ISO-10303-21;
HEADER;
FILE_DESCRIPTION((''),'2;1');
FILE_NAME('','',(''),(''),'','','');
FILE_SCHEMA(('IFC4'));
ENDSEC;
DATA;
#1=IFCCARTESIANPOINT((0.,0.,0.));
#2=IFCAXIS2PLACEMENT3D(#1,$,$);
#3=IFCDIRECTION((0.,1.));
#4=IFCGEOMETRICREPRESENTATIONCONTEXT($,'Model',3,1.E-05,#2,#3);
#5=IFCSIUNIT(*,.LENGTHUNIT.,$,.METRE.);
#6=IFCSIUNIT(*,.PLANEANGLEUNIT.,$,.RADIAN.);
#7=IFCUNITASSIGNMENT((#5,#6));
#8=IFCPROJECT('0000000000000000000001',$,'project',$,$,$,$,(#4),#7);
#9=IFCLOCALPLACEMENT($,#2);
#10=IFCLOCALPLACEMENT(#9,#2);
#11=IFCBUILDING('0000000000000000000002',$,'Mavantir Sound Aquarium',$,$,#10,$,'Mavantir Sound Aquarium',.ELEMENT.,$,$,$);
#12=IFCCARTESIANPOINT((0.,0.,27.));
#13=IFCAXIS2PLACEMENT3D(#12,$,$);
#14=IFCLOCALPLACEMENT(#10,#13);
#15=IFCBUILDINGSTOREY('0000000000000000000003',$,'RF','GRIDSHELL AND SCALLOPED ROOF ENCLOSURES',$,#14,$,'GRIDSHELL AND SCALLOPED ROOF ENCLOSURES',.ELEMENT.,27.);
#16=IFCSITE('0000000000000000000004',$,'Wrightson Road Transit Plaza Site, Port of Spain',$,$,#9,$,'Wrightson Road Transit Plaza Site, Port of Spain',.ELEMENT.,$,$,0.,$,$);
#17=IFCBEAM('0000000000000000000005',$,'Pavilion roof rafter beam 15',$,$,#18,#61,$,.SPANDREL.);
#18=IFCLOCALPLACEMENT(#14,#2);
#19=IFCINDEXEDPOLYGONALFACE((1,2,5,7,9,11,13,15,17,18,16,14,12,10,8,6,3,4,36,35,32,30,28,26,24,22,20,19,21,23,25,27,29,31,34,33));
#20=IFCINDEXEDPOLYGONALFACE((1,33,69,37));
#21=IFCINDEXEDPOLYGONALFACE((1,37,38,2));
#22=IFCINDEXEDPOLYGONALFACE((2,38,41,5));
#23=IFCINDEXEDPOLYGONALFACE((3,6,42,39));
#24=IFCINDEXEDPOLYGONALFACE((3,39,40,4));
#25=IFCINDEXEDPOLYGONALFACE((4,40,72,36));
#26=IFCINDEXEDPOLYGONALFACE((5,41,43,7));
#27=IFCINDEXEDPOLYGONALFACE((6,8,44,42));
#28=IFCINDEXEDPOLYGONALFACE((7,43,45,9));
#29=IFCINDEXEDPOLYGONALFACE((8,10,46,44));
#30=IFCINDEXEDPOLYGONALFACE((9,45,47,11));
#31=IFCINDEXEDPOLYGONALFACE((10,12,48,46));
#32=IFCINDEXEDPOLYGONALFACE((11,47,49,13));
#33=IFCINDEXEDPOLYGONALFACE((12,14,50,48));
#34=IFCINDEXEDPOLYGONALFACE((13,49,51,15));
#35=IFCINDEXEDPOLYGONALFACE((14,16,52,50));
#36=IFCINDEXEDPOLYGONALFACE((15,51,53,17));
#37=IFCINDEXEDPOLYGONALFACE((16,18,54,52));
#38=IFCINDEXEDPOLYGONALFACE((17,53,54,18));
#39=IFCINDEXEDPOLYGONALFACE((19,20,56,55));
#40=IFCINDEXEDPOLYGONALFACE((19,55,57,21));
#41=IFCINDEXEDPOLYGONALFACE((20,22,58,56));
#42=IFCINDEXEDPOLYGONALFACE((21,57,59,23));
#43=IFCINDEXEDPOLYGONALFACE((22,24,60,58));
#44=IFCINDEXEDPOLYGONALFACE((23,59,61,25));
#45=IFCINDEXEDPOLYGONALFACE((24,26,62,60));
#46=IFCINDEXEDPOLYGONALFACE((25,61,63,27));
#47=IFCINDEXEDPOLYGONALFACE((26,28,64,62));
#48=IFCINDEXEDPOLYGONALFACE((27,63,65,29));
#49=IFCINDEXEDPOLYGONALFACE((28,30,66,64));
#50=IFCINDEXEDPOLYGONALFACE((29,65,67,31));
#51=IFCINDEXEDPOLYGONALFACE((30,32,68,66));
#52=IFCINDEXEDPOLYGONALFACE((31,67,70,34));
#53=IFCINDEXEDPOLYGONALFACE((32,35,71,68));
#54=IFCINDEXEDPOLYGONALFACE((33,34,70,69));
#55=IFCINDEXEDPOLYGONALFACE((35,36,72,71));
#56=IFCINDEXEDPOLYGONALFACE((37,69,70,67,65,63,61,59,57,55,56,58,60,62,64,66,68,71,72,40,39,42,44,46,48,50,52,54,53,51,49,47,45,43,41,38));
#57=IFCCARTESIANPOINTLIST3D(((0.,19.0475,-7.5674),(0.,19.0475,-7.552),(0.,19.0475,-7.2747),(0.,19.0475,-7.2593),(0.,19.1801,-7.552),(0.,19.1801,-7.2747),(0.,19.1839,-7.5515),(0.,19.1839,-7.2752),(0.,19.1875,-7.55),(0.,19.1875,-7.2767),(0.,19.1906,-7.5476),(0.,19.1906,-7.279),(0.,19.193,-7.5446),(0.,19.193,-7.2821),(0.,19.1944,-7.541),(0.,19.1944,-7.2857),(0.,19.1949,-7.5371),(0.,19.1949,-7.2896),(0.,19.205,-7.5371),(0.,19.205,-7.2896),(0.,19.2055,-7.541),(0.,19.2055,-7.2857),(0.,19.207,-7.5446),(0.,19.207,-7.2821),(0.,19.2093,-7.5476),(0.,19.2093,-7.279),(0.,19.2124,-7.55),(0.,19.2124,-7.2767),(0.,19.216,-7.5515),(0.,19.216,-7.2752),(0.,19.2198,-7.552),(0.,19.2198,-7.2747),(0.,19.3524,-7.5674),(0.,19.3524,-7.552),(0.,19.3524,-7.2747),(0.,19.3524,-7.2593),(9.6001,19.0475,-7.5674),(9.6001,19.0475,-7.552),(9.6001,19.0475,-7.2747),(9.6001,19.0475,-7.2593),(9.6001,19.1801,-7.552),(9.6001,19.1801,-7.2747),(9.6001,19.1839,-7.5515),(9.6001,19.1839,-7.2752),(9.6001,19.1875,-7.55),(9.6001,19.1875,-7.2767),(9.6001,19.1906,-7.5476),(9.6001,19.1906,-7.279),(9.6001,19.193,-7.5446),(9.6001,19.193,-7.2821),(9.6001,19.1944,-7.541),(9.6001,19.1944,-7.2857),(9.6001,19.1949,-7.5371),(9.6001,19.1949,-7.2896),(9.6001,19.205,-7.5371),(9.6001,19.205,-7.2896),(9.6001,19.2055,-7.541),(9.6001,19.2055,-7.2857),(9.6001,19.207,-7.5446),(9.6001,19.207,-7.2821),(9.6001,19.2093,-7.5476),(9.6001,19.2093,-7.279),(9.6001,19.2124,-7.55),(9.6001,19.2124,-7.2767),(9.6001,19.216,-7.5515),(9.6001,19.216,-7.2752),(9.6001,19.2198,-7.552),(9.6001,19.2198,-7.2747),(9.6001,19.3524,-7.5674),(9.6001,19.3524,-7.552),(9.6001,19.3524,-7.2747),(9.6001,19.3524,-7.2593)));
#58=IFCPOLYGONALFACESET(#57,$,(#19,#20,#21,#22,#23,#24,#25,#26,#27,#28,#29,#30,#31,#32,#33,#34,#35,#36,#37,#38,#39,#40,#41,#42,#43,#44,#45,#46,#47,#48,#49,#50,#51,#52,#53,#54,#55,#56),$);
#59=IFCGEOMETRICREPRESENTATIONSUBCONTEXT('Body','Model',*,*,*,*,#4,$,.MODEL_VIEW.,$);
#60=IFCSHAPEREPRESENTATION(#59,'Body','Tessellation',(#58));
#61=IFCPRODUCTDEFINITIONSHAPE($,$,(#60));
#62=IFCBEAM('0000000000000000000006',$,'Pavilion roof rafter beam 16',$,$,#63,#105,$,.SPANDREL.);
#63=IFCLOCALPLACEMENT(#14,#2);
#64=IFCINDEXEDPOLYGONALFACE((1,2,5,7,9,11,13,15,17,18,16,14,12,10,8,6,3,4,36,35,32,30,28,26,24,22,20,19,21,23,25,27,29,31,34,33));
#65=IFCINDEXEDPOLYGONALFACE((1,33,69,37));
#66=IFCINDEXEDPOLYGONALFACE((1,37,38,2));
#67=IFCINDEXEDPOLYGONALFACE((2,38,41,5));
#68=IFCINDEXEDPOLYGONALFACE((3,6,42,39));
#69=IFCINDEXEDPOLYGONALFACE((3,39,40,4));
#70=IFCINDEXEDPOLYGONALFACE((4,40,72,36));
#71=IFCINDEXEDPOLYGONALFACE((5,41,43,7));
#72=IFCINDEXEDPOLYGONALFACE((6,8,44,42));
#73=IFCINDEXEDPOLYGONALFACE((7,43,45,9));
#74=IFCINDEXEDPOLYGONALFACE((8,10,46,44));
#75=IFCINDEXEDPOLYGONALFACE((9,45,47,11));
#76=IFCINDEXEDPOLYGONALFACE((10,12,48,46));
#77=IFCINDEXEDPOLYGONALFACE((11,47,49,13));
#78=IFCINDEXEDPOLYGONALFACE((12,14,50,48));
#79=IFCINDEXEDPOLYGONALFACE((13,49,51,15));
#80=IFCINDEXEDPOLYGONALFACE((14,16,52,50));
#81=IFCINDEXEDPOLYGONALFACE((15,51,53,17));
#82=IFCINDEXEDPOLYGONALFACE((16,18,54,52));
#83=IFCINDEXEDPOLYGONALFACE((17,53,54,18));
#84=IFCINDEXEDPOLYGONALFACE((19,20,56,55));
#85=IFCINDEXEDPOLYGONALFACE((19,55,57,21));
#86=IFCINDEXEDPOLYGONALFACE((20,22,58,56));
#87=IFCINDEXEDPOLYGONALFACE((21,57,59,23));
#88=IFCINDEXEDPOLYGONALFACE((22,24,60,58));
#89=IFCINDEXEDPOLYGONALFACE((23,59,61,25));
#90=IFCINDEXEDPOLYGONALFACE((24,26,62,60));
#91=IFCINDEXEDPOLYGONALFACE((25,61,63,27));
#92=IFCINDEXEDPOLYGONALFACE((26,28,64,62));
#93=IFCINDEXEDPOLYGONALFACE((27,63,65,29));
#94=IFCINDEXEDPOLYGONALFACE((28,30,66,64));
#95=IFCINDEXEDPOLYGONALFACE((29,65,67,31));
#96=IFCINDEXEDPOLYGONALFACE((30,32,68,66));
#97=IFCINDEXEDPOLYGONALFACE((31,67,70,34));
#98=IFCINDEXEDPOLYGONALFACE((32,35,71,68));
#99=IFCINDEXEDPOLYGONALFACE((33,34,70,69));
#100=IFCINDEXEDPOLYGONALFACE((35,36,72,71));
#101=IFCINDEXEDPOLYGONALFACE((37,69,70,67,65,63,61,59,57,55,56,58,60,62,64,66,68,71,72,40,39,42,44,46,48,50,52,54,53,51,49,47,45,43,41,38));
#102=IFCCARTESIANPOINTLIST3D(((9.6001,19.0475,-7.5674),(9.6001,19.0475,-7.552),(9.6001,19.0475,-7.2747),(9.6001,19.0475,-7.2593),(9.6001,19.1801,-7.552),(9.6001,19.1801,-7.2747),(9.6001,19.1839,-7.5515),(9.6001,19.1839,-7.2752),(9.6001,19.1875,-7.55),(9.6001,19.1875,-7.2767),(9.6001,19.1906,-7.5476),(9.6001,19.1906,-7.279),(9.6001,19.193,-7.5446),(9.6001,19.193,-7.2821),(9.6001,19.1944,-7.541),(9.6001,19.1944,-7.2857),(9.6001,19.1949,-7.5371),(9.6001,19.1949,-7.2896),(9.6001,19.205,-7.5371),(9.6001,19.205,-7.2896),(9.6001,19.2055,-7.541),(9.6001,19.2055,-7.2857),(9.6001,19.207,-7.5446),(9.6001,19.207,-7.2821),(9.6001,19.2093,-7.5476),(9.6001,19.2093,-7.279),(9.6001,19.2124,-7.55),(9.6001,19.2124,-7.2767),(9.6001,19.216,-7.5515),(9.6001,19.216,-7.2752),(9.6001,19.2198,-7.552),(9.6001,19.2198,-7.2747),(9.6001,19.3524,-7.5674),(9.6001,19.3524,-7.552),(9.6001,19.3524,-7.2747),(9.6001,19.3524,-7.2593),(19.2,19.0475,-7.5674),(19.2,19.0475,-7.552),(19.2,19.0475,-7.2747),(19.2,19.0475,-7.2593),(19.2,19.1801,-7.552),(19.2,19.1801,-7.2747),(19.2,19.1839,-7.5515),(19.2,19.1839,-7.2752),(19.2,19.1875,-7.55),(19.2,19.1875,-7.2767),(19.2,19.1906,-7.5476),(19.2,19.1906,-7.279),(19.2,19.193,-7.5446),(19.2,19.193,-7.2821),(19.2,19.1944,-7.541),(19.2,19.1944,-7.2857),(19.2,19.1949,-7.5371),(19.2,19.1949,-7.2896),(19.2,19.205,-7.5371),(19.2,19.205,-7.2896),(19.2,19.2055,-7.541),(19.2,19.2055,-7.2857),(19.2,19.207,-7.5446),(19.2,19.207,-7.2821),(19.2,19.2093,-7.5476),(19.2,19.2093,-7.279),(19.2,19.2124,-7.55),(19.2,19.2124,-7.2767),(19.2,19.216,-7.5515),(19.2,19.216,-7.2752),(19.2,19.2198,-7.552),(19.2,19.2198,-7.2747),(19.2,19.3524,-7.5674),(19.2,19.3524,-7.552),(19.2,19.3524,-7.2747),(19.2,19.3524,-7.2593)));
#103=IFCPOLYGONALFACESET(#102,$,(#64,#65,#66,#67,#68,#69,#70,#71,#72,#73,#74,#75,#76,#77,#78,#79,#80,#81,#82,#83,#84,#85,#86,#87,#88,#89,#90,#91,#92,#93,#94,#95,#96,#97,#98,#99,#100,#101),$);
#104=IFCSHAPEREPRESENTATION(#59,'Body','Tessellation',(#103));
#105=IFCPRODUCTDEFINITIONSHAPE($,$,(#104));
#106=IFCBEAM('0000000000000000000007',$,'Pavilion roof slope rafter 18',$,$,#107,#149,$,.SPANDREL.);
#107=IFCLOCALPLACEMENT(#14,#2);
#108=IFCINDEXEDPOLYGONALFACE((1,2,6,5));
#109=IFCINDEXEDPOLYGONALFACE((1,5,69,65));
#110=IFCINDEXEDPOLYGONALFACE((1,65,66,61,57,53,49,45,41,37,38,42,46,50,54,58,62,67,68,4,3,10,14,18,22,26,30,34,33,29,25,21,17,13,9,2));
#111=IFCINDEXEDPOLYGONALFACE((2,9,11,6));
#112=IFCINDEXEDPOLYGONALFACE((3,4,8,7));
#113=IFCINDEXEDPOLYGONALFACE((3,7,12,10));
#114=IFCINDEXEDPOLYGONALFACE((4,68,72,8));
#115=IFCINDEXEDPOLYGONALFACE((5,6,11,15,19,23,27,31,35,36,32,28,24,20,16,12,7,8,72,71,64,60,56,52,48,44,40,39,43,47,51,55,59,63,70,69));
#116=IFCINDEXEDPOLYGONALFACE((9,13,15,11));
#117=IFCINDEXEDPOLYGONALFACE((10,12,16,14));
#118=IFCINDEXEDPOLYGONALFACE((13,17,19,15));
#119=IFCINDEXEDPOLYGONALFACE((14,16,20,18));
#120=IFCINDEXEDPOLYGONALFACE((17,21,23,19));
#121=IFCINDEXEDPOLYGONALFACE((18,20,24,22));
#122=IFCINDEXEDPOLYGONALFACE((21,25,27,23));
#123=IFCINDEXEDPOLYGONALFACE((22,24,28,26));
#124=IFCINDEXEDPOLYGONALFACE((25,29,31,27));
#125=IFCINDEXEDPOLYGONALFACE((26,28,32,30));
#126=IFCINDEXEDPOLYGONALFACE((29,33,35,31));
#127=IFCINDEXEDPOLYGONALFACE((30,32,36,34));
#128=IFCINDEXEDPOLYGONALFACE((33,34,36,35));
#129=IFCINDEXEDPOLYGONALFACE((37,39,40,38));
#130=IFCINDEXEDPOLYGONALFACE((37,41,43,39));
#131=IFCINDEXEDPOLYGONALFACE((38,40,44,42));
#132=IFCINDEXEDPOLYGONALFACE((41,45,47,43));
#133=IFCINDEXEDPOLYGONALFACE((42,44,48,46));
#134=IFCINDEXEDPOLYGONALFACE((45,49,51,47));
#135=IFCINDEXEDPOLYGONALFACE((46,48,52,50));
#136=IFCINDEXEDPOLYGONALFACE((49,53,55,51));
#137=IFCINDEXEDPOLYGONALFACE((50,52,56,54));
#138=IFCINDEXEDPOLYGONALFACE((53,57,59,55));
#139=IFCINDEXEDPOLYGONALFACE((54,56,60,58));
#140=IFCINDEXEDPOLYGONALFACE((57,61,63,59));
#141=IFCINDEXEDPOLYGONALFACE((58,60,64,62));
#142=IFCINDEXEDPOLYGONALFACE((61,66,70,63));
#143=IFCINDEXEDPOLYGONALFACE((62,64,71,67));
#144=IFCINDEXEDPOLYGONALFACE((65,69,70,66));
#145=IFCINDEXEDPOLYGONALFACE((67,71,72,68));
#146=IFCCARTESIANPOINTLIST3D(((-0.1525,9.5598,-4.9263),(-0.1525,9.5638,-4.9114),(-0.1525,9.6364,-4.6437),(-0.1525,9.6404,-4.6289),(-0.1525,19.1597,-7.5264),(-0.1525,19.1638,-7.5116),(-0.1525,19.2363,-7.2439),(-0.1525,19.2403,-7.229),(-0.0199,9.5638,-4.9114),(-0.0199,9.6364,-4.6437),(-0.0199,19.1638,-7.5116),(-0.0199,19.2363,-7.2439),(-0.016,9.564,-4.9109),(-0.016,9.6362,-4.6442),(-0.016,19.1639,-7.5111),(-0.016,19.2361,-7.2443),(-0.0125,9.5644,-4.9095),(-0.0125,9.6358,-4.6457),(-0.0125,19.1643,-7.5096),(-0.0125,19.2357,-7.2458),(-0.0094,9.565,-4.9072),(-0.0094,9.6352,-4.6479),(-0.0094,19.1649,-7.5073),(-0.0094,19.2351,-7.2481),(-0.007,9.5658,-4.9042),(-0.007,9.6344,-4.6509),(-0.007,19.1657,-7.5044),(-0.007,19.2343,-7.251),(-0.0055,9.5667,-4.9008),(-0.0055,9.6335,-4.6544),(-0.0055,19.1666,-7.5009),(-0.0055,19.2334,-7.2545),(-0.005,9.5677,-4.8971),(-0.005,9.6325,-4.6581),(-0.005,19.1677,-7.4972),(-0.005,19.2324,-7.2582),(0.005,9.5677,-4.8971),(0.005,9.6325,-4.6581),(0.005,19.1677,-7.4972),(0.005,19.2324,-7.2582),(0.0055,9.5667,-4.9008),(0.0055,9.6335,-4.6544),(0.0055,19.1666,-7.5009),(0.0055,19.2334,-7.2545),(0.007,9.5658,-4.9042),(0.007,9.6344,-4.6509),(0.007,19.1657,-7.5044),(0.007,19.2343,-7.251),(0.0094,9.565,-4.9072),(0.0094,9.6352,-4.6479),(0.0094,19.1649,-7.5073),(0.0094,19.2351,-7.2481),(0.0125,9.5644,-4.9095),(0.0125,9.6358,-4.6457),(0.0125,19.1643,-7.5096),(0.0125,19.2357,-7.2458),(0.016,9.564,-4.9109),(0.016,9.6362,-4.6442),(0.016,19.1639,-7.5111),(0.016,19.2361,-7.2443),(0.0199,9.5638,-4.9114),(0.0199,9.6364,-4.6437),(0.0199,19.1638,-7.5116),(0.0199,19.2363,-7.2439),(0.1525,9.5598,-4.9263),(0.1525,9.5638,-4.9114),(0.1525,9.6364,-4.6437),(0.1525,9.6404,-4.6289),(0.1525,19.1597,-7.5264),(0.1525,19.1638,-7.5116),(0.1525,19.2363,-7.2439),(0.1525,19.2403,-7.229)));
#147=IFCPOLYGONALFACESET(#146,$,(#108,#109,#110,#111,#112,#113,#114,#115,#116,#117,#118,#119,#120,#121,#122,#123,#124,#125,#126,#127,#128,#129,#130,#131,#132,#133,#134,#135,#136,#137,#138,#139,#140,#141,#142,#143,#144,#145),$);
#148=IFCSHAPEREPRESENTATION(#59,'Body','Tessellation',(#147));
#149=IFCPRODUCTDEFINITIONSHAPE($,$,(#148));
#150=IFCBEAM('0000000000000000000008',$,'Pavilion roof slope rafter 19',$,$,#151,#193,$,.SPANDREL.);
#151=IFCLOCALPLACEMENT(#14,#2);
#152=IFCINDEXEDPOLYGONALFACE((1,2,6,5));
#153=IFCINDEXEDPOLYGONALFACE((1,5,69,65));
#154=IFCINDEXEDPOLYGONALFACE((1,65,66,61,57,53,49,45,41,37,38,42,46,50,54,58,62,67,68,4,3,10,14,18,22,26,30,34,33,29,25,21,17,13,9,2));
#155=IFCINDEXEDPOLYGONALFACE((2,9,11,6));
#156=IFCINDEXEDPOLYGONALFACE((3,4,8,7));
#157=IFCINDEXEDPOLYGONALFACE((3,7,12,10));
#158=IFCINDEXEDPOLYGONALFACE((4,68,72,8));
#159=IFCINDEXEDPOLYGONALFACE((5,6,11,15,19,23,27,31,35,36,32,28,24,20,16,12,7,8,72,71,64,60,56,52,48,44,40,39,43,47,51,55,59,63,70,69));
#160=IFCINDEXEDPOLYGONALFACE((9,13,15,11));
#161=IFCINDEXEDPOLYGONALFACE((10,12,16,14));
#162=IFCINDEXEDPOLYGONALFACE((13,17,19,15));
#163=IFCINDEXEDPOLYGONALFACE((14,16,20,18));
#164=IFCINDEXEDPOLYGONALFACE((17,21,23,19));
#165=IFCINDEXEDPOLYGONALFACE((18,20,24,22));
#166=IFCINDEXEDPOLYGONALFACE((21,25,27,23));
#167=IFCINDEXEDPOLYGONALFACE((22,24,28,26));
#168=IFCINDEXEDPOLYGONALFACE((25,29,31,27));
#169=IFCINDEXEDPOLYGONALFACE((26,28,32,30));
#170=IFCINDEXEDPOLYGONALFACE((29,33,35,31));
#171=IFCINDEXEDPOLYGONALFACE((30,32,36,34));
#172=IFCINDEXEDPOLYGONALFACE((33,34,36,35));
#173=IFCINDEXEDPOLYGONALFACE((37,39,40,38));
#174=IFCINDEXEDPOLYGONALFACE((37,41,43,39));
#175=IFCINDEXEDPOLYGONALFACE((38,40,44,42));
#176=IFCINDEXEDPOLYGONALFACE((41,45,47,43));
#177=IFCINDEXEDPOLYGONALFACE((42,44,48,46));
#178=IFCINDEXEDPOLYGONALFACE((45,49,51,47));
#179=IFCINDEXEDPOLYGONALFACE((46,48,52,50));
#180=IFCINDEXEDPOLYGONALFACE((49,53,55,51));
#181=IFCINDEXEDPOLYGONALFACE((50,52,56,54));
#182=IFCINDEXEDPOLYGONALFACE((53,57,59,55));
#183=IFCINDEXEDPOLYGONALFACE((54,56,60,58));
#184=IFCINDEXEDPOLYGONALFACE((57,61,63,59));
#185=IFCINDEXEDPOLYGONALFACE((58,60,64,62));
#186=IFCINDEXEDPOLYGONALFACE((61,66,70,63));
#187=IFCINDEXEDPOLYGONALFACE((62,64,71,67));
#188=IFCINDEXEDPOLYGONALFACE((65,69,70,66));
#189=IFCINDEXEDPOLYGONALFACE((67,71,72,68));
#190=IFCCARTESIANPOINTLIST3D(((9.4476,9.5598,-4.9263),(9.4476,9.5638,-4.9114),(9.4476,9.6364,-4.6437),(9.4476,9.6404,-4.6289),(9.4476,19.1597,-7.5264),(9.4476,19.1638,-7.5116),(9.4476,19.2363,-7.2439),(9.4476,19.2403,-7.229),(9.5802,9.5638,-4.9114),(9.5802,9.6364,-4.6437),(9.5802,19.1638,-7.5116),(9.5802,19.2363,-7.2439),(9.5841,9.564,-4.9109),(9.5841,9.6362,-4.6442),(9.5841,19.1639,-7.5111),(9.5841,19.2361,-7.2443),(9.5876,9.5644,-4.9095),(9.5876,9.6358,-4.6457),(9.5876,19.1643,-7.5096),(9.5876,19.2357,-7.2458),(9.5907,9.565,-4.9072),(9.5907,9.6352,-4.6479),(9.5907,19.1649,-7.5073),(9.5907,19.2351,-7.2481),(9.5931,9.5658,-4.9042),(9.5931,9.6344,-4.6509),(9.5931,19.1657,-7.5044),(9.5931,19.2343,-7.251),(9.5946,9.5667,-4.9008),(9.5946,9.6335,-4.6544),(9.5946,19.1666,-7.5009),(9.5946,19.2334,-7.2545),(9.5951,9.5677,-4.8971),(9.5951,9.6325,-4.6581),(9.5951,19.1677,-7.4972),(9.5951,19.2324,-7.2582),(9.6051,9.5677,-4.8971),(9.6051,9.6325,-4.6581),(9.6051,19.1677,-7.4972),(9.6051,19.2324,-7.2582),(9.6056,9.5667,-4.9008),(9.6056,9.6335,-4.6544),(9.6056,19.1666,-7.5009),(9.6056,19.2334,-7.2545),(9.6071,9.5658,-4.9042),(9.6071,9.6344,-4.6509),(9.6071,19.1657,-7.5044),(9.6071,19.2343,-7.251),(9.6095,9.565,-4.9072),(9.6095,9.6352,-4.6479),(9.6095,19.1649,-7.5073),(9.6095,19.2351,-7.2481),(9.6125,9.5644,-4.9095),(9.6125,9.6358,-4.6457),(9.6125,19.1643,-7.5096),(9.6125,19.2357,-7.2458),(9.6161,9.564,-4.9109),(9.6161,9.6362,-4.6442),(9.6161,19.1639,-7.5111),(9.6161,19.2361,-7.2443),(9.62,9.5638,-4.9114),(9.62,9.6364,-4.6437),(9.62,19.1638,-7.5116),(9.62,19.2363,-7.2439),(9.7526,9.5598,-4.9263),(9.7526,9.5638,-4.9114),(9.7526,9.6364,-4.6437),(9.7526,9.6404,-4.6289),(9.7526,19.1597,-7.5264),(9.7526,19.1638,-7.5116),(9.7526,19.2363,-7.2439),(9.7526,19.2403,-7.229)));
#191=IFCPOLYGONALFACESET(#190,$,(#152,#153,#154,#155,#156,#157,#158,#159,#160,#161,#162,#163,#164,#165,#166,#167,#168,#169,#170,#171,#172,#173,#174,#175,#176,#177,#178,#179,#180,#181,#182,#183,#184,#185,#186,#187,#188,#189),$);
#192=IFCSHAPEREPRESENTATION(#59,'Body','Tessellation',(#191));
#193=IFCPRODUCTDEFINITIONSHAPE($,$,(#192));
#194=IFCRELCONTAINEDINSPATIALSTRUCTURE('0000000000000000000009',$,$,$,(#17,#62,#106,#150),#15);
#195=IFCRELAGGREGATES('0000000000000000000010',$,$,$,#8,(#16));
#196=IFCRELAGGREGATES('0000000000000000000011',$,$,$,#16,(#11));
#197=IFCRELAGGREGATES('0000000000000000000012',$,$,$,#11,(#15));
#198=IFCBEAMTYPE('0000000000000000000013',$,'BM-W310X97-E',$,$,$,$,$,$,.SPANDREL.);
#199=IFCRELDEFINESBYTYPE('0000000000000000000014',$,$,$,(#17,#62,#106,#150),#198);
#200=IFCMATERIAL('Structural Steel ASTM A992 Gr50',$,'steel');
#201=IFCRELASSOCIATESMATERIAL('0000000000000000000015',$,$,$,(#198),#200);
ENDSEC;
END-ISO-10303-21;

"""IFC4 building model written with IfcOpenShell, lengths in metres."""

from ifc_helpers import new_model, si_unit, direction, frame, origin, origin_2d, place, context, subcontext, project, spatial, i_section, extrude, material, material_profile, profile_set, type_object, element, save


model = new_model("IFC4")

# Units and contexts
model_context = context("Model", 3, precision=1e-05, world=origin(), true_north=direction((0.0, 1.0)))
body_context = subcontext(model_context, "Body", "Model", "MODEL_VIEW")
ifc_project = project(units=[si_unit("LENGTHUNIT", "METRE"), si_unit("PLANEANGLEUNIT", "RADIAN")], contexts=[model_context])

# Site, building, storey
site_placement = place(None, origin())
site = spatial("IfcSite", under=ifc_project, at=site_placement, Name="Wrightson Road Transit Plaza Site, Port of Spain", LongName="Wrightson Road Transit Plaza Site, Port of Spain", CompositionType="ELEMENT", RefElevation=0.0)
building_placement = place(site_placement, origin())
building = spatial("IfcBuilding", under=site, at=building_placement, Name="Mavantir Sound Aquarium", LongName="Mavantir Sound Aquarium", CompositionType="ELEMENT")
storey_placement = place(building_placement, frame((0.0, 0.0, 27.0)))
storey = spatial("IfcBuildingStorey", under=building, at=storey_placement, Name="RF", Description="GRIDSHELL AND SCALLOPED ROOF ENCLOSURES", LongName="GRIDSHELL AND SCALLOPED ROOF ENCLOSURES", CompositionType="ELEMENT", Elevation=27.0)

# Beams
ifc_material_1 = material(Name="Structural Steel ASTM A992 Gr50", Category="steel")
ifc_material_profile_1 = material_profile(ifc_material_1, i_section(OverallWidth=0.3049, OverallDepth=0.3081, WebThickness=0.01, FlangeThickness=0.0154, FilletRadius=0.0149, at=origin_2d()), Name="W310X97")
ifc_profile_set_1 = profile_set([ifc_material_profile_1], Name="Structural Steel ASTM A992 Gr50")
beam_type_1 = type_object("IfcBeamType", Name="BM-W310X97-E", PredefinedType="SPANDREL", material=ifc_profile_set_1)
beam_1_placement = place(storey_placement, frame((0.0, 19.2, -7.4133), z_axis=(1.0, 0.0, 0.0), x_axis=(0.0, 1.0, 0.0)))
element("IfcBeam", 1, at=beam_1_placement, inside=storey, type_object=beam_type_1, Name="Pavilion roof rafter beam 15", PredefinedType="SPANDREL", context=body_context, shape_type="SweptSolid", body=[
    extrude(i_section(OverallWidth=0.3049, OverallDepth=0.3081, WebThickness=0.01, FlangeThickness=0.0154, FilletRadius=0.0149, at=origin_2d()), origin(), (0.0, 0.0, 1.0), 9.6001),
])
beam_2_placement = place(storey_placement, frame((9.6001, 19.2, -7.4133), z_axis=(1.0, 0.0, 0.0), x_axis=(0.0, 1.0, 0.0)))
element("IfcBeam", 2, at=beam_2_placement, inside=storey, type_object=beam_type_1, Name="Pavilion roof rafter beam 16", PredefinedType="SPANDREL", context=body_context, shape_type="SweptSolid", body=[
    extrude(i_section(OverallWidth=0.3049, OverallDepth=0.3081, WebThickness=0.01, FlangeThickness=0.0154, FilletRadius=0.0149, at=origin_2d()), origin(), (0.0, 0.0, 1.0), 9.5999),
])
for number, where, z_axis, x_axis, name in (
    (3, (0.0, 9.6001, -4.7776), (0.0, 0.965223, -0.261428), (-1.0, 0.0, 0.0), "Pavilion roof slope rafter 18"),
    (4, (9.6001, 9.6001, -4.7776), (0.0, 0.965223, -0.261428), (-1.0, 0.0, 0.0), "Pavilion roof slope rafter 19"),
):
    element("IfcBeam", number, at=place(storey_placement, frame(where, z_axis=z_axis, x_axis=x_axis)), inside=storey, type_object=beam_type_1, Name=name, PredefinedType="SPANDREL", context=body_context, shape_type="SweptSolid", body=[
        extrude(i_section(OverallWidth=0.3049, OverallDepth=0.3081, WebThickness=0.01, FlangeThickness=0.0154, FilletRadius=0.0149, at=origin_2d()), origin(), (0.0, 0.0, 1.0), 9.9458),
    ])

save(model, "model.ifc")
